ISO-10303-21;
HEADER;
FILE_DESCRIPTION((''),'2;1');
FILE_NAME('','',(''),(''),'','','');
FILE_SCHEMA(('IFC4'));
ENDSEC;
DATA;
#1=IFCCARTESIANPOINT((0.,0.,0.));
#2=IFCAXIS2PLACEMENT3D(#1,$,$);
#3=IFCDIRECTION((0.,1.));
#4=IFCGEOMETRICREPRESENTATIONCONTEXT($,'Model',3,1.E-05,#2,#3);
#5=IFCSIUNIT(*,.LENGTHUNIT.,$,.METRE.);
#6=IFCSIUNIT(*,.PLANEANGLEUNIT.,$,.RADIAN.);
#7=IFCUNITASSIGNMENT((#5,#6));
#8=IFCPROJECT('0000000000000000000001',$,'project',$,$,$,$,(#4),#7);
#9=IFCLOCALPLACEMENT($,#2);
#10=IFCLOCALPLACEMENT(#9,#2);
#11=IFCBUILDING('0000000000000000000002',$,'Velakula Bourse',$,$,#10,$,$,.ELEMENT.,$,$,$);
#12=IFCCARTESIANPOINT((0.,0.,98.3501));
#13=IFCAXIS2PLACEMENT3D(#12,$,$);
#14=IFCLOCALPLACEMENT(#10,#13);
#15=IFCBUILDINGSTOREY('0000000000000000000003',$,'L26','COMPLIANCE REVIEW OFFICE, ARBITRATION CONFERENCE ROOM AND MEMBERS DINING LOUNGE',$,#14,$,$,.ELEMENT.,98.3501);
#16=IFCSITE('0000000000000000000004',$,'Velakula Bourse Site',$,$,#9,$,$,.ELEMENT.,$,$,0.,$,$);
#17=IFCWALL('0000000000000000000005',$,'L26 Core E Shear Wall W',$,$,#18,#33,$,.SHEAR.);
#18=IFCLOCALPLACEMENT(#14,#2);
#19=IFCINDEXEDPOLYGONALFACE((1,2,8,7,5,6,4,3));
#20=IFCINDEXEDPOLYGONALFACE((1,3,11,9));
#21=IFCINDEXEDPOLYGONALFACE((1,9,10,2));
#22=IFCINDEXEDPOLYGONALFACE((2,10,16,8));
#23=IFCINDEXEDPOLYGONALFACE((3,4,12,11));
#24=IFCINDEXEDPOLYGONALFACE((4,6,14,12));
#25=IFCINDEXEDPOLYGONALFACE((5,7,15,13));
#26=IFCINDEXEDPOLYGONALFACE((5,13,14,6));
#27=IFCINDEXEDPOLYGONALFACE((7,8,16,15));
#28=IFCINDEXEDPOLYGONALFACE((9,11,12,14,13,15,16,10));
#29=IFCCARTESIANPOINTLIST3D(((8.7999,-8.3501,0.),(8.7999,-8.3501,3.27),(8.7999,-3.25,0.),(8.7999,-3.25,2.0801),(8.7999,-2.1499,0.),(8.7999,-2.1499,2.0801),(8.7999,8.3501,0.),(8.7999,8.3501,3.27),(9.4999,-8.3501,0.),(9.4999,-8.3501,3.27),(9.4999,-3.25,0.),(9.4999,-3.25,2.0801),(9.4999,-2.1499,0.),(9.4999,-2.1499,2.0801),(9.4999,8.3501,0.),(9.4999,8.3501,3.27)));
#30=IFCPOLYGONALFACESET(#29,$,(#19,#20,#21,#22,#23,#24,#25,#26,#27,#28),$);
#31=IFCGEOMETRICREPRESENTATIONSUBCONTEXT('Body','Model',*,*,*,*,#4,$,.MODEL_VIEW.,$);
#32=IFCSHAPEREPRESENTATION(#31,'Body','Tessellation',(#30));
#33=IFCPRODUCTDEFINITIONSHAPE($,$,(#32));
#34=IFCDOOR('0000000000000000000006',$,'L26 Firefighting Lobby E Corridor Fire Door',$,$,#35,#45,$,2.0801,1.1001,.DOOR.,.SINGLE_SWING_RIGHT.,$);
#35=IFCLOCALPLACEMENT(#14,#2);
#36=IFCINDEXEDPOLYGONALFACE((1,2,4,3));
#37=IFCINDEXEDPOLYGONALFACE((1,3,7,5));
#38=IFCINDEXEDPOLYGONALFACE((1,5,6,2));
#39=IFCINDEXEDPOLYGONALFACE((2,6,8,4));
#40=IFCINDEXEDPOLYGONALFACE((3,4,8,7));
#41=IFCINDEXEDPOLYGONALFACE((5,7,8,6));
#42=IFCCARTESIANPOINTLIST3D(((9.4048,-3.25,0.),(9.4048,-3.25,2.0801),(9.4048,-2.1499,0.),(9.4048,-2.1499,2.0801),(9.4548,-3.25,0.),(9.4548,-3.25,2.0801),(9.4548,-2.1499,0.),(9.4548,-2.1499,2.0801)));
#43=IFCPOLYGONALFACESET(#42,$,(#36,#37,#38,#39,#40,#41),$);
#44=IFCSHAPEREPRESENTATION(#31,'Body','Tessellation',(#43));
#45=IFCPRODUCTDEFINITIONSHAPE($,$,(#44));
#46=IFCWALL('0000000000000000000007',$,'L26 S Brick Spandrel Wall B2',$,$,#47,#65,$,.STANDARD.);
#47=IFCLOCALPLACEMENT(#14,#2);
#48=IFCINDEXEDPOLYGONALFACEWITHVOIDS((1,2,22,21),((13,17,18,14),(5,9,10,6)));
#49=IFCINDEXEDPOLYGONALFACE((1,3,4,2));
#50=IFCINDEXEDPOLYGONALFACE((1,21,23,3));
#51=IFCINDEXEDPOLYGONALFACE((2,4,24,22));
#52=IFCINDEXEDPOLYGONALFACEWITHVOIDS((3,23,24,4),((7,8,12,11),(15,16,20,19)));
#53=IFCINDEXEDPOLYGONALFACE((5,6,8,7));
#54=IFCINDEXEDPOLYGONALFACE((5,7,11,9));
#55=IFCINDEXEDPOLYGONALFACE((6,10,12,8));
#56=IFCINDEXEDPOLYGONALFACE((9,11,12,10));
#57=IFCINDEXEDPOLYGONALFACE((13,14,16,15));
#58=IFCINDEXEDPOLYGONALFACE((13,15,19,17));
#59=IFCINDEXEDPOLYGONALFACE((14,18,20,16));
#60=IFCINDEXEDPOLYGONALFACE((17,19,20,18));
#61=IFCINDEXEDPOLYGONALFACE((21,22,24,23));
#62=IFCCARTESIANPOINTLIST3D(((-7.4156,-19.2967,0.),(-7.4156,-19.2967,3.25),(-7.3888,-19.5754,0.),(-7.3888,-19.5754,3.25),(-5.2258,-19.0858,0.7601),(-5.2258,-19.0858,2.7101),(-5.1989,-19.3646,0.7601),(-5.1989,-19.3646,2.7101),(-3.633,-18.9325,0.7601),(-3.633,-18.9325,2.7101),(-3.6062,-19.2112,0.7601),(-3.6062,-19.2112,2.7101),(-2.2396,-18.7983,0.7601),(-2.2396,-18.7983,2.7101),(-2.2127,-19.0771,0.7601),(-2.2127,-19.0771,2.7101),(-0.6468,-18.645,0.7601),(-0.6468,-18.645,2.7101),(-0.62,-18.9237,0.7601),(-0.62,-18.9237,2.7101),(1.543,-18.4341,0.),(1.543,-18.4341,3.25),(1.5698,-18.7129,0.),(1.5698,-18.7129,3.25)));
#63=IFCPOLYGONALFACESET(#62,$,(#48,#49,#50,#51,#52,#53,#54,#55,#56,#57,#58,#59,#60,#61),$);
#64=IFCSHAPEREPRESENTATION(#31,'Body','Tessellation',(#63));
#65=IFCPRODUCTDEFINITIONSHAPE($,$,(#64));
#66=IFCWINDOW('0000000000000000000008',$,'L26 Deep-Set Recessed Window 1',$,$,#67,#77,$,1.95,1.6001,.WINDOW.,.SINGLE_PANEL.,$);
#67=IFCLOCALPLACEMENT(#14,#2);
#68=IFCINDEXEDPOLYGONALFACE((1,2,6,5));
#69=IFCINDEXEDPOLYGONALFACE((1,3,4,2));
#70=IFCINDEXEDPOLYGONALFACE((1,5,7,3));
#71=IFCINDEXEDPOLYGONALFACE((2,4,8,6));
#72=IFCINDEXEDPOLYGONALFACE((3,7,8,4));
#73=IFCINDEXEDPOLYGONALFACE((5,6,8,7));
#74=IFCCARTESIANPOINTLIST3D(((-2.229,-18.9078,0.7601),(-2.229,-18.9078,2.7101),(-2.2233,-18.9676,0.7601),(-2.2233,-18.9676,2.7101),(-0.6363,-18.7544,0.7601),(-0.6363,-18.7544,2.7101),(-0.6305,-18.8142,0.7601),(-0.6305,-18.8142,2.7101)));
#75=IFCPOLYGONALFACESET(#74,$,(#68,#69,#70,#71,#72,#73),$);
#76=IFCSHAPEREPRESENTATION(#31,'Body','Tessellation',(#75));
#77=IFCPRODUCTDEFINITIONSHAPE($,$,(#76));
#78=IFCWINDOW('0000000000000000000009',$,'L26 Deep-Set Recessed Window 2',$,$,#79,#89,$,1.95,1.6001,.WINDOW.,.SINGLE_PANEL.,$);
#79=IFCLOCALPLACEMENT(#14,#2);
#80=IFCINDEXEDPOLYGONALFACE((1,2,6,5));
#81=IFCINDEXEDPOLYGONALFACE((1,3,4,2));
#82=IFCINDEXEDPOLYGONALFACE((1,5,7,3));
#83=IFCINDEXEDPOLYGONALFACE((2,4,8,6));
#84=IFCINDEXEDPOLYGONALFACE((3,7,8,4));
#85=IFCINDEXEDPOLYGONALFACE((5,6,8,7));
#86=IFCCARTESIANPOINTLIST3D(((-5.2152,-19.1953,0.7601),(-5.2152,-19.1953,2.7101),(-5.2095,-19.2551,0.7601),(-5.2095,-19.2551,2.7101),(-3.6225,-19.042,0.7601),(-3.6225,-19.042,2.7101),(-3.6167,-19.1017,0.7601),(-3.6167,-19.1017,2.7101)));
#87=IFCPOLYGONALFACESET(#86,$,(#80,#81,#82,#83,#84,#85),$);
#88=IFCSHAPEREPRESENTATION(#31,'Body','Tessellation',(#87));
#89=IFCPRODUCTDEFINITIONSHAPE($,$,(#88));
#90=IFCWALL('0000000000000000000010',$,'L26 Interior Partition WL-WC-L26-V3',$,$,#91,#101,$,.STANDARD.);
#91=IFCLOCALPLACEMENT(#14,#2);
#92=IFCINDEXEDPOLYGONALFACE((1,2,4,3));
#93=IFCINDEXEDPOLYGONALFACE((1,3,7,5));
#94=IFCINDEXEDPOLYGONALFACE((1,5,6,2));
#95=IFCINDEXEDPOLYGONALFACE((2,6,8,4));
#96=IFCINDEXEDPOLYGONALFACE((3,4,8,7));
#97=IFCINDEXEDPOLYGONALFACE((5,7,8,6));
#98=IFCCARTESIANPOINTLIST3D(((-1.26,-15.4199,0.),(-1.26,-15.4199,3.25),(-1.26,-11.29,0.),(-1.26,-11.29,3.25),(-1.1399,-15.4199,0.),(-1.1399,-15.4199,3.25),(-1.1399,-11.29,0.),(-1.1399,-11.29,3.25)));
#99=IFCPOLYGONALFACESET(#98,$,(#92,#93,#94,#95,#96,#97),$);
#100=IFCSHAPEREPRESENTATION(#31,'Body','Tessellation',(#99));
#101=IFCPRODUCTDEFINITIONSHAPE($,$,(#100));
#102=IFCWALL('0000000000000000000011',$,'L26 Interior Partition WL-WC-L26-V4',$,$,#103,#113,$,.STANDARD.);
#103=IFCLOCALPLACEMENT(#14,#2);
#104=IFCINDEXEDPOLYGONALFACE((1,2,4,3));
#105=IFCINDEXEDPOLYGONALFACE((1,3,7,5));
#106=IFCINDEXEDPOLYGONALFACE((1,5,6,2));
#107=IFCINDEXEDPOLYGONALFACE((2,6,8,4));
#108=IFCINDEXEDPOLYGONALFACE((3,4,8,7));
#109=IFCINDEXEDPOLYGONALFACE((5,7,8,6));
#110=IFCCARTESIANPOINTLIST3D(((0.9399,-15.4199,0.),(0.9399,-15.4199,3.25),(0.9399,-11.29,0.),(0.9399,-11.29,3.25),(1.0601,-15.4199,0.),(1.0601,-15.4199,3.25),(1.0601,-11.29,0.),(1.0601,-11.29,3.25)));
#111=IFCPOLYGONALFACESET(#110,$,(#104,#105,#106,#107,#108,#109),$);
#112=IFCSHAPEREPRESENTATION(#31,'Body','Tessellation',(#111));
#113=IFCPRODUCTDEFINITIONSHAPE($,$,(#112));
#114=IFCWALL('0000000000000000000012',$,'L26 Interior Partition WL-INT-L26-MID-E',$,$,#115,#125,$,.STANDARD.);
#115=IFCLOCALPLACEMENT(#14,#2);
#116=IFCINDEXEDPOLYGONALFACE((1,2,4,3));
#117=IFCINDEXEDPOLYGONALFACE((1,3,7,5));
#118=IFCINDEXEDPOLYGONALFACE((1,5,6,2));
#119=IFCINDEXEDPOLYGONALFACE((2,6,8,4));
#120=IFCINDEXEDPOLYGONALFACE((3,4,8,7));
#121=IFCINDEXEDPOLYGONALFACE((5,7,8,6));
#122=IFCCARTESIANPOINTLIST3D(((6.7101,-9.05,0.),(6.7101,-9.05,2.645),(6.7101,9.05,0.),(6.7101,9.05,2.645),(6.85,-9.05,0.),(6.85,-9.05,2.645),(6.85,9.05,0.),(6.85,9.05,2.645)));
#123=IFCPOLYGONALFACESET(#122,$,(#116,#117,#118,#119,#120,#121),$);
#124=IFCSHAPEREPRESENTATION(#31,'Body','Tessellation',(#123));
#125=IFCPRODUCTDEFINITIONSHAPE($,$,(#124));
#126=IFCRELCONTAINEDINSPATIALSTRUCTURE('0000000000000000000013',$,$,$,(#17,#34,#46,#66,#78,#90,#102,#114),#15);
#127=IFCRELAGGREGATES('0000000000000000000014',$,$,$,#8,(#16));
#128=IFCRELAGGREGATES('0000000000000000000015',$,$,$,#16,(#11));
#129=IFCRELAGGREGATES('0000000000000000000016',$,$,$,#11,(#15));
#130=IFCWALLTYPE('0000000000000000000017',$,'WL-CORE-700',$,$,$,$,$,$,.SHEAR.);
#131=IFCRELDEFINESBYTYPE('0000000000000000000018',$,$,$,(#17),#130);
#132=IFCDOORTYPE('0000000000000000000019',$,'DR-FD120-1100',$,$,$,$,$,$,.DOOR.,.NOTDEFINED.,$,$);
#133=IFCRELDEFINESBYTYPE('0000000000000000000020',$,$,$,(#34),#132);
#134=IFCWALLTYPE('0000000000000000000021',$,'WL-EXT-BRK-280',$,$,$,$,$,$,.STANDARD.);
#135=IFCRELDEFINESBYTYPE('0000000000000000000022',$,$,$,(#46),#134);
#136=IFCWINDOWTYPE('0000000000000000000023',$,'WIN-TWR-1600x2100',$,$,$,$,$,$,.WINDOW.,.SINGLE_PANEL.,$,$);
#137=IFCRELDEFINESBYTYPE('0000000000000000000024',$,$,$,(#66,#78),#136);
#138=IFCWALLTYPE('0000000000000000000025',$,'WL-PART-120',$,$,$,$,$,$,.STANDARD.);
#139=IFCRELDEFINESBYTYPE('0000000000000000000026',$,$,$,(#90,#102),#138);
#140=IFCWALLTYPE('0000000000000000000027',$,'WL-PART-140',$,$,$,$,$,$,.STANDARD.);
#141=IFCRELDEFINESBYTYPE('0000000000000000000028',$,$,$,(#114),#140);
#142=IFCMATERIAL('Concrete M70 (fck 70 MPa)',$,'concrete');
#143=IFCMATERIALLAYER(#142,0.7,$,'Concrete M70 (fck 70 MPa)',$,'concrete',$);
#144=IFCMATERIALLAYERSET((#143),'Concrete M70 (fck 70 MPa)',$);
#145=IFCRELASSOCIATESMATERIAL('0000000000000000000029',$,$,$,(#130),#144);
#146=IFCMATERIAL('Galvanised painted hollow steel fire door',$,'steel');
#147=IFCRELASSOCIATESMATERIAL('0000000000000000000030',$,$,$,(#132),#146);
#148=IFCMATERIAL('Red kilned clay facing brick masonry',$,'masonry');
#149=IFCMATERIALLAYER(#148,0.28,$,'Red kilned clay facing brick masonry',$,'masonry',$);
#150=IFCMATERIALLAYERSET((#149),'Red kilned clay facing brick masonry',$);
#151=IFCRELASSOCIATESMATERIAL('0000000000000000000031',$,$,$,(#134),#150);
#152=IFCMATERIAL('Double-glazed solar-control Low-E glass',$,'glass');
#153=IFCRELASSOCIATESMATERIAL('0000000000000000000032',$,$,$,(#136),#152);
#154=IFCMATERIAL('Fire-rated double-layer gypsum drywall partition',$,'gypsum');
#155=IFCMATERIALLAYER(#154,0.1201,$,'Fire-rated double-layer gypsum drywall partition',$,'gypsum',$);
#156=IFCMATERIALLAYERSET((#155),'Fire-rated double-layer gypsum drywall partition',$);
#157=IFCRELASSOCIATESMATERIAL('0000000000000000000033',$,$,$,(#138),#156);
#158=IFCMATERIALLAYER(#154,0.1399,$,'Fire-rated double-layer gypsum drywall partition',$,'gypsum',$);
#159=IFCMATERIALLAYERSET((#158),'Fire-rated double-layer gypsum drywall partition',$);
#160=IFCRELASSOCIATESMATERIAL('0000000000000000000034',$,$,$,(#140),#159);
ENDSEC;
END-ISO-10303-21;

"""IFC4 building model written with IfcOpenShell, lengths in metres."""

from ifc_helpers import new_model, si_unit, direction, frame, frame_2d, origin, place, context, subcontext, project, spatial, rectangle, extrude, material, layer, layer_set, type_object, element, fill, save


model = new_model("IFC4")

# Units and contexts
model_context = context("Model", 3, precision=1e-05, world=origin(), true_north=direction((0.0, 1.0)))
body_context = subcontext(model_context, "Body", "Model", "MODEL_VIEW")
ifc_project = project(units=[si_unit("LENGTHUNIT", "METRE"), si_unit("PLANEANGLEUNIT", "RADIAN")], contexts=[model_context])

# Site, building, storey
site_placement = place(None, origin())
site = spatial("IfcSite", under=ifc_project, at=site_placement, Name="Velakula Bourse Site", CompositionType="ELEMENT", RefElevation=0.0)
building_placement = place(site_placement, origin())
building = spatial("IfcBuilding", under=site, at=building_placement, Name="Velakula Bourse", CompositionType="ELEMENT")
storey_placement = place(building_placement, frame((0.0, 0.0, 98.3501)))
storey = spatial("IfcBuildingStorey", under=building, at=storey_placement, Name="L26", Description="COMPLIANCE REVIEW OFFICE, ARBITRATION CONFERENCE ROOM AND MEMBERS DINING LOUNGE", CompositionType="ELEMENT", Elevation=98.3501)

# Shared definitions
ifc_material_1 = material(Name="Concrete M70 (fck 70 MPa)", Category="concrete")

# Shared definitions
ifc_layer_1 = layer(ifc_material_1, 0.7, Name="Concrete M70 (fck 70 MPa)", Category="concrete")
ifc_layer_set_1 = layer_set([ifc_layer_1], Name="Concrete M70 (fck 70 MPa)")
wall_type_1 = type_object("IfcWallType", Name="WL-CORE-700", PredefinedType="SHEAR", material=ifc_layer_set_1)

# Wall, opening, door
wall_1_placement = place(storey_placement, frame((9.1499, -8.3501, 0.0), z_axis=(0.0, 0.0, 1.0), x_axis=(0.0, 1.0, 0.0)))
wall_1 = element("IfcWall", 1, at=wall_1_placement, inside=storey, type_object=wall_type_1, Name="L26 Core E Shear Wall W", PredefinedType="SHEAR", context=body_context, shape_type="SweptSolid", body=[
    extrude(rectangle(XDim=16.7002, YDim=0.7, at=frame_2d((8.3501, 0.0))), origin(), (0.0, 0.0, 1.0), 3.27),
])
opening_1_placement = place(wall_1_placement, frame((5.1001, 0.0, 0.0)))
opening_1 = element("IfcOpeningElement", 2, at=opening_1_placement, cuts=wall_1, PredefinedType="OPENING", context=body_context, shape_type="SweptSolid", body=[
    extrude(rectangle(XDim=1.1001, YDim=2.0801, at=frame_2d((0.55, 1.04))), frame((0.0, 0.3599, 0.0), z_axis=(0.0, -1.0, 0.0), x_axis=(1.0, 0.0, 0.0)), (0.0, 0.0, 1.0), 0.72),
])
ifc_material_2 = material(Name="Galvanised painted hollow steel fire door", Category="steel")
door_type_1 = type_object("IfcDoorType", Name="DR-FD120-1100", OperationType="NOTDEFINED", PredefinedType="DOOR", material=ifc_material_2)
door_1_placement = place(opening_1_placement, origin())
door_1 = element("IfcDoor", 3, at=door_1_placement, inside=storey, type_object=door_type_1, Name="L26 Firefighting Lobby E Corridor Fire Door", OperationType="SINGLE_SWING_RIGHT", OverallHeight=2.0801, OverallWidth=1.1001, PredefinedType="DOOR", context=body_context, shape_type="SweptSolid", body=[
    extrude(rectangle(XDim=1.1001, YDim=2.0801, at=frame_2d((0.55, 1.04))), frame((0.0, -0.2549, 0.0), z_axis=(0.0, -1.0, 0.0), x_axis=(1.0, 0.0, 0.0)), (0.0, 0.0, 1.0), 0.05),
])
fill(opening_1, door_1)

# Wall, openings, windows
ifc_material_3 = material(Name="Red kilned clay facing brick masonry", Category="masonry")
ifc_layer_2 = layer(ifc_material_3, 0.28, Name="Red kilned clay facing brick masonry", Category="masonry")
ifc_layer_set_2 = layer_set([ifc_layer_2], Name="Red kilned clay facing brick masonry")
wall_type_2 = type_object("IfcWallType", Name="WL-EXT-BRK-280", PredefinedType="STANDARD", material=ifc_layer_set_2)
wall_2_placement = place(storey_placement, frame((1.5564, -18.5735, 0.0), z_axis=(0.0, 0.0, 1.0), x_axis=(-0.995397, -0.09584, 0.0)))
wall_2 = element("IfcWall", 4, at=wall_2_placement, inside=storey, type_object=wall_type_2, Name="L26 S Brick Spandrel Wall B2", PredefinedType="STANDARD", context=body_context, shape_type="SweptSolid", body=[
    extrude(rectangle(XDim=9.0, YDim=0.28, at=frame_2d((4.5, 0.0))), origin(), (0.0, 0.0, 1.0), 3.25),
])
opening_2_placement = place(wall_2_placement, frame((2.2, 0.0, 0.76)))
opening_2 = element("IfcOpeningElement", 5, at=opening_2_placement, cuts=wall_2, PredefinedType="OPENING", context=body_context, shape_type="SweptSolid", body=[
    extrude(rectangle(XDim=1.6001, YDim=1.95, at=frame_2d((0.8, 0.9751))), frame((0.0, 0.1499, 0.0), z_axis=(0.0, -1.0, 0.0), x_axis=(1.0, 0.0, 0.0)), (0.0, 0.0, 1.0), 0.3),
])
opening_3_placement = place(wall_2_placement, frame((5.2, 0.0, 0.76)))
opening_3 = element("IfcOpeningElement", 6, at=opening_3_placement, cuts=wall_2, PredefinedType="OPENING", context=body_context, shape_type="SweptSolid", body=[
    extrude(rectangle(XDim=1.6001, YDim=1.95, at=frame_2d((0.8, 0.9751))), frame((0.0, 0.1499, 0.0), z_axis=(0.0, -1.0, 0.0), x_axis=(1.0, 0.0, 0.0)), (0.0, 0.0, 1.0), 0.3),
])
ifc_material_4 = material(Name="Double-glazed solar-control Low-E glass", Category="glass")
window_type = type_object("IfcWindowType", Name="WIN-TWR-1600x2100", PartitioningType="SINGLE_PANEL", PredefinedType="WINDOW", material=ifc_material_4)
window_1_placement = place(opening_2_placement, origin())
window_1 = element("IfcWindow", 7, at=window_1_placement, inside=storey, type_object=window_type, Name="L26 Deep-Set Recessed Window 1", OverallHeight=1.95, OverallWidth=1.6001, PartitioningType="SINGLE_PANEL", PredefinedType="WINDOW", context=body_context, shape_type="SweptSolid", body=[
    extrude(rectangle(XDim=1.6001, YDim=1.95, at=frame_2d((0.8, 0.9751))), frame((0.0, 0.03, 0.0), z_axis=(0.0, -1.0, 0.0), x_axis=(1.0, 0.0, 0.0)), (0.0, 0.0, 1.0), 0.0601),
])
fill(opening_2, window_1)
window_2_placement = place(opening_3_placement, origin())
window_2 = element("IfcWindow", 8, at=window_2_placement, inside=storey, type_object=window_type, Name="L26 Deep-Set Recessed Window 2", OverallHeight=1.95, OverallWidth=1.6001, PartitioningType="SINGLE_PANEL", PredefinedType="WINDOW", context=body_context, shape_type="SweptSolid", body=[
    extrude(rectangle(XDim=1.6001, YDim=1.95, at=frame_2d((0.8, 0.9751))), frame((0.0, 0.03, 0.0), z_axis=(0.0, -1.0, 0.0), x_axis=(1.0, 0.0, 0.0)), (0.0, 0.0, 1.0), 0.0601),
])
fill(opening_3, window_2)

# Walls
ifc_material_5 = material(Name="Fire-rated double-layer gypsum drywall partition", Category="gypsum")
ifc_layer_3 = layer(ifc_material_5, 0.1201, Name="Fire-rated double-layer gypsum drywall partition", Category="gypsum")
ifc_layer_set_3 = layer_set([ifc_layer_3], Name="Fire-rated double-layer gypsum drywall partition")
wall_type_3 = type_object("IfcWallType", Name="WL-PART-120", PredefinedType="STANDARD", material=ifc_layer_set_3)
for number, where, z_axis, x_axis, name in (
    (9, (-1.2, -15.4199, 0.0), (0.0, 0.0, 1.0), (0.0, 1.0, 0.0), "L26 Interior Partition WL-WC-L26-V3"),
    (10, (1.0, -15.4199, 0.0), (0.0, 0.0, 1.0), (0.0, 1.0, 0.0), "L26 Interior Partition WL-WC-L26-V4"),
):
    element("IfcWall", number, at=place(storey_placement, frame(where, z_axis=z_axis, x_axis=x_axis)), inside=storey, type_object=wall_type_3, Name=name, PredefinedType="STANDARD", context=body_context, shape_type="SweptSolid", body=[
        extrude(rectangle(XDim=4.1299, YDim=0.1201, at=frame_2d((2.0649, 0.0))), origin(), (0.0, 0.0, 1.0), 3.25),
    ])
ifc_layer_4 = layer(ifc_material_5, 0.1399, Name="Fire-rated double-layer gypsum drywall partition", Category="gypsum")
ifc_layer_set_4 = layer_set([ifc_layer_4], Name="Fire-rated double-layer gypsum drywall partition")
wall_type_4 = type_object("IfcWallType", Name="WL-PART-140", PredefinedType="STANDARD", material=ifc_layer_set_4)
wall_3_placement = place(storey_placement, frame((6.78, -9.05, 0.0), z_axis=(0.0, 0.0, 1.0), x_axis=(0.0, 1.0, 0.0)))
element("IfcWall", 11, at=wall_3_placement, inside=storey, type_object=wall_type_4, Name="L26 Interior Partition WL-INT-L26-MID-E", PredefinedType="STANDARD", context=body_context, shape_type="SweptSolid", body=[
    extrude(rectangle(XDim=18.1001, YDim=0.1399, at=frame_2d((9.05, 0.0))), origin(), (0.0, 0.0, 1.0), 2.645),
])

save(model, "model.ifc")
